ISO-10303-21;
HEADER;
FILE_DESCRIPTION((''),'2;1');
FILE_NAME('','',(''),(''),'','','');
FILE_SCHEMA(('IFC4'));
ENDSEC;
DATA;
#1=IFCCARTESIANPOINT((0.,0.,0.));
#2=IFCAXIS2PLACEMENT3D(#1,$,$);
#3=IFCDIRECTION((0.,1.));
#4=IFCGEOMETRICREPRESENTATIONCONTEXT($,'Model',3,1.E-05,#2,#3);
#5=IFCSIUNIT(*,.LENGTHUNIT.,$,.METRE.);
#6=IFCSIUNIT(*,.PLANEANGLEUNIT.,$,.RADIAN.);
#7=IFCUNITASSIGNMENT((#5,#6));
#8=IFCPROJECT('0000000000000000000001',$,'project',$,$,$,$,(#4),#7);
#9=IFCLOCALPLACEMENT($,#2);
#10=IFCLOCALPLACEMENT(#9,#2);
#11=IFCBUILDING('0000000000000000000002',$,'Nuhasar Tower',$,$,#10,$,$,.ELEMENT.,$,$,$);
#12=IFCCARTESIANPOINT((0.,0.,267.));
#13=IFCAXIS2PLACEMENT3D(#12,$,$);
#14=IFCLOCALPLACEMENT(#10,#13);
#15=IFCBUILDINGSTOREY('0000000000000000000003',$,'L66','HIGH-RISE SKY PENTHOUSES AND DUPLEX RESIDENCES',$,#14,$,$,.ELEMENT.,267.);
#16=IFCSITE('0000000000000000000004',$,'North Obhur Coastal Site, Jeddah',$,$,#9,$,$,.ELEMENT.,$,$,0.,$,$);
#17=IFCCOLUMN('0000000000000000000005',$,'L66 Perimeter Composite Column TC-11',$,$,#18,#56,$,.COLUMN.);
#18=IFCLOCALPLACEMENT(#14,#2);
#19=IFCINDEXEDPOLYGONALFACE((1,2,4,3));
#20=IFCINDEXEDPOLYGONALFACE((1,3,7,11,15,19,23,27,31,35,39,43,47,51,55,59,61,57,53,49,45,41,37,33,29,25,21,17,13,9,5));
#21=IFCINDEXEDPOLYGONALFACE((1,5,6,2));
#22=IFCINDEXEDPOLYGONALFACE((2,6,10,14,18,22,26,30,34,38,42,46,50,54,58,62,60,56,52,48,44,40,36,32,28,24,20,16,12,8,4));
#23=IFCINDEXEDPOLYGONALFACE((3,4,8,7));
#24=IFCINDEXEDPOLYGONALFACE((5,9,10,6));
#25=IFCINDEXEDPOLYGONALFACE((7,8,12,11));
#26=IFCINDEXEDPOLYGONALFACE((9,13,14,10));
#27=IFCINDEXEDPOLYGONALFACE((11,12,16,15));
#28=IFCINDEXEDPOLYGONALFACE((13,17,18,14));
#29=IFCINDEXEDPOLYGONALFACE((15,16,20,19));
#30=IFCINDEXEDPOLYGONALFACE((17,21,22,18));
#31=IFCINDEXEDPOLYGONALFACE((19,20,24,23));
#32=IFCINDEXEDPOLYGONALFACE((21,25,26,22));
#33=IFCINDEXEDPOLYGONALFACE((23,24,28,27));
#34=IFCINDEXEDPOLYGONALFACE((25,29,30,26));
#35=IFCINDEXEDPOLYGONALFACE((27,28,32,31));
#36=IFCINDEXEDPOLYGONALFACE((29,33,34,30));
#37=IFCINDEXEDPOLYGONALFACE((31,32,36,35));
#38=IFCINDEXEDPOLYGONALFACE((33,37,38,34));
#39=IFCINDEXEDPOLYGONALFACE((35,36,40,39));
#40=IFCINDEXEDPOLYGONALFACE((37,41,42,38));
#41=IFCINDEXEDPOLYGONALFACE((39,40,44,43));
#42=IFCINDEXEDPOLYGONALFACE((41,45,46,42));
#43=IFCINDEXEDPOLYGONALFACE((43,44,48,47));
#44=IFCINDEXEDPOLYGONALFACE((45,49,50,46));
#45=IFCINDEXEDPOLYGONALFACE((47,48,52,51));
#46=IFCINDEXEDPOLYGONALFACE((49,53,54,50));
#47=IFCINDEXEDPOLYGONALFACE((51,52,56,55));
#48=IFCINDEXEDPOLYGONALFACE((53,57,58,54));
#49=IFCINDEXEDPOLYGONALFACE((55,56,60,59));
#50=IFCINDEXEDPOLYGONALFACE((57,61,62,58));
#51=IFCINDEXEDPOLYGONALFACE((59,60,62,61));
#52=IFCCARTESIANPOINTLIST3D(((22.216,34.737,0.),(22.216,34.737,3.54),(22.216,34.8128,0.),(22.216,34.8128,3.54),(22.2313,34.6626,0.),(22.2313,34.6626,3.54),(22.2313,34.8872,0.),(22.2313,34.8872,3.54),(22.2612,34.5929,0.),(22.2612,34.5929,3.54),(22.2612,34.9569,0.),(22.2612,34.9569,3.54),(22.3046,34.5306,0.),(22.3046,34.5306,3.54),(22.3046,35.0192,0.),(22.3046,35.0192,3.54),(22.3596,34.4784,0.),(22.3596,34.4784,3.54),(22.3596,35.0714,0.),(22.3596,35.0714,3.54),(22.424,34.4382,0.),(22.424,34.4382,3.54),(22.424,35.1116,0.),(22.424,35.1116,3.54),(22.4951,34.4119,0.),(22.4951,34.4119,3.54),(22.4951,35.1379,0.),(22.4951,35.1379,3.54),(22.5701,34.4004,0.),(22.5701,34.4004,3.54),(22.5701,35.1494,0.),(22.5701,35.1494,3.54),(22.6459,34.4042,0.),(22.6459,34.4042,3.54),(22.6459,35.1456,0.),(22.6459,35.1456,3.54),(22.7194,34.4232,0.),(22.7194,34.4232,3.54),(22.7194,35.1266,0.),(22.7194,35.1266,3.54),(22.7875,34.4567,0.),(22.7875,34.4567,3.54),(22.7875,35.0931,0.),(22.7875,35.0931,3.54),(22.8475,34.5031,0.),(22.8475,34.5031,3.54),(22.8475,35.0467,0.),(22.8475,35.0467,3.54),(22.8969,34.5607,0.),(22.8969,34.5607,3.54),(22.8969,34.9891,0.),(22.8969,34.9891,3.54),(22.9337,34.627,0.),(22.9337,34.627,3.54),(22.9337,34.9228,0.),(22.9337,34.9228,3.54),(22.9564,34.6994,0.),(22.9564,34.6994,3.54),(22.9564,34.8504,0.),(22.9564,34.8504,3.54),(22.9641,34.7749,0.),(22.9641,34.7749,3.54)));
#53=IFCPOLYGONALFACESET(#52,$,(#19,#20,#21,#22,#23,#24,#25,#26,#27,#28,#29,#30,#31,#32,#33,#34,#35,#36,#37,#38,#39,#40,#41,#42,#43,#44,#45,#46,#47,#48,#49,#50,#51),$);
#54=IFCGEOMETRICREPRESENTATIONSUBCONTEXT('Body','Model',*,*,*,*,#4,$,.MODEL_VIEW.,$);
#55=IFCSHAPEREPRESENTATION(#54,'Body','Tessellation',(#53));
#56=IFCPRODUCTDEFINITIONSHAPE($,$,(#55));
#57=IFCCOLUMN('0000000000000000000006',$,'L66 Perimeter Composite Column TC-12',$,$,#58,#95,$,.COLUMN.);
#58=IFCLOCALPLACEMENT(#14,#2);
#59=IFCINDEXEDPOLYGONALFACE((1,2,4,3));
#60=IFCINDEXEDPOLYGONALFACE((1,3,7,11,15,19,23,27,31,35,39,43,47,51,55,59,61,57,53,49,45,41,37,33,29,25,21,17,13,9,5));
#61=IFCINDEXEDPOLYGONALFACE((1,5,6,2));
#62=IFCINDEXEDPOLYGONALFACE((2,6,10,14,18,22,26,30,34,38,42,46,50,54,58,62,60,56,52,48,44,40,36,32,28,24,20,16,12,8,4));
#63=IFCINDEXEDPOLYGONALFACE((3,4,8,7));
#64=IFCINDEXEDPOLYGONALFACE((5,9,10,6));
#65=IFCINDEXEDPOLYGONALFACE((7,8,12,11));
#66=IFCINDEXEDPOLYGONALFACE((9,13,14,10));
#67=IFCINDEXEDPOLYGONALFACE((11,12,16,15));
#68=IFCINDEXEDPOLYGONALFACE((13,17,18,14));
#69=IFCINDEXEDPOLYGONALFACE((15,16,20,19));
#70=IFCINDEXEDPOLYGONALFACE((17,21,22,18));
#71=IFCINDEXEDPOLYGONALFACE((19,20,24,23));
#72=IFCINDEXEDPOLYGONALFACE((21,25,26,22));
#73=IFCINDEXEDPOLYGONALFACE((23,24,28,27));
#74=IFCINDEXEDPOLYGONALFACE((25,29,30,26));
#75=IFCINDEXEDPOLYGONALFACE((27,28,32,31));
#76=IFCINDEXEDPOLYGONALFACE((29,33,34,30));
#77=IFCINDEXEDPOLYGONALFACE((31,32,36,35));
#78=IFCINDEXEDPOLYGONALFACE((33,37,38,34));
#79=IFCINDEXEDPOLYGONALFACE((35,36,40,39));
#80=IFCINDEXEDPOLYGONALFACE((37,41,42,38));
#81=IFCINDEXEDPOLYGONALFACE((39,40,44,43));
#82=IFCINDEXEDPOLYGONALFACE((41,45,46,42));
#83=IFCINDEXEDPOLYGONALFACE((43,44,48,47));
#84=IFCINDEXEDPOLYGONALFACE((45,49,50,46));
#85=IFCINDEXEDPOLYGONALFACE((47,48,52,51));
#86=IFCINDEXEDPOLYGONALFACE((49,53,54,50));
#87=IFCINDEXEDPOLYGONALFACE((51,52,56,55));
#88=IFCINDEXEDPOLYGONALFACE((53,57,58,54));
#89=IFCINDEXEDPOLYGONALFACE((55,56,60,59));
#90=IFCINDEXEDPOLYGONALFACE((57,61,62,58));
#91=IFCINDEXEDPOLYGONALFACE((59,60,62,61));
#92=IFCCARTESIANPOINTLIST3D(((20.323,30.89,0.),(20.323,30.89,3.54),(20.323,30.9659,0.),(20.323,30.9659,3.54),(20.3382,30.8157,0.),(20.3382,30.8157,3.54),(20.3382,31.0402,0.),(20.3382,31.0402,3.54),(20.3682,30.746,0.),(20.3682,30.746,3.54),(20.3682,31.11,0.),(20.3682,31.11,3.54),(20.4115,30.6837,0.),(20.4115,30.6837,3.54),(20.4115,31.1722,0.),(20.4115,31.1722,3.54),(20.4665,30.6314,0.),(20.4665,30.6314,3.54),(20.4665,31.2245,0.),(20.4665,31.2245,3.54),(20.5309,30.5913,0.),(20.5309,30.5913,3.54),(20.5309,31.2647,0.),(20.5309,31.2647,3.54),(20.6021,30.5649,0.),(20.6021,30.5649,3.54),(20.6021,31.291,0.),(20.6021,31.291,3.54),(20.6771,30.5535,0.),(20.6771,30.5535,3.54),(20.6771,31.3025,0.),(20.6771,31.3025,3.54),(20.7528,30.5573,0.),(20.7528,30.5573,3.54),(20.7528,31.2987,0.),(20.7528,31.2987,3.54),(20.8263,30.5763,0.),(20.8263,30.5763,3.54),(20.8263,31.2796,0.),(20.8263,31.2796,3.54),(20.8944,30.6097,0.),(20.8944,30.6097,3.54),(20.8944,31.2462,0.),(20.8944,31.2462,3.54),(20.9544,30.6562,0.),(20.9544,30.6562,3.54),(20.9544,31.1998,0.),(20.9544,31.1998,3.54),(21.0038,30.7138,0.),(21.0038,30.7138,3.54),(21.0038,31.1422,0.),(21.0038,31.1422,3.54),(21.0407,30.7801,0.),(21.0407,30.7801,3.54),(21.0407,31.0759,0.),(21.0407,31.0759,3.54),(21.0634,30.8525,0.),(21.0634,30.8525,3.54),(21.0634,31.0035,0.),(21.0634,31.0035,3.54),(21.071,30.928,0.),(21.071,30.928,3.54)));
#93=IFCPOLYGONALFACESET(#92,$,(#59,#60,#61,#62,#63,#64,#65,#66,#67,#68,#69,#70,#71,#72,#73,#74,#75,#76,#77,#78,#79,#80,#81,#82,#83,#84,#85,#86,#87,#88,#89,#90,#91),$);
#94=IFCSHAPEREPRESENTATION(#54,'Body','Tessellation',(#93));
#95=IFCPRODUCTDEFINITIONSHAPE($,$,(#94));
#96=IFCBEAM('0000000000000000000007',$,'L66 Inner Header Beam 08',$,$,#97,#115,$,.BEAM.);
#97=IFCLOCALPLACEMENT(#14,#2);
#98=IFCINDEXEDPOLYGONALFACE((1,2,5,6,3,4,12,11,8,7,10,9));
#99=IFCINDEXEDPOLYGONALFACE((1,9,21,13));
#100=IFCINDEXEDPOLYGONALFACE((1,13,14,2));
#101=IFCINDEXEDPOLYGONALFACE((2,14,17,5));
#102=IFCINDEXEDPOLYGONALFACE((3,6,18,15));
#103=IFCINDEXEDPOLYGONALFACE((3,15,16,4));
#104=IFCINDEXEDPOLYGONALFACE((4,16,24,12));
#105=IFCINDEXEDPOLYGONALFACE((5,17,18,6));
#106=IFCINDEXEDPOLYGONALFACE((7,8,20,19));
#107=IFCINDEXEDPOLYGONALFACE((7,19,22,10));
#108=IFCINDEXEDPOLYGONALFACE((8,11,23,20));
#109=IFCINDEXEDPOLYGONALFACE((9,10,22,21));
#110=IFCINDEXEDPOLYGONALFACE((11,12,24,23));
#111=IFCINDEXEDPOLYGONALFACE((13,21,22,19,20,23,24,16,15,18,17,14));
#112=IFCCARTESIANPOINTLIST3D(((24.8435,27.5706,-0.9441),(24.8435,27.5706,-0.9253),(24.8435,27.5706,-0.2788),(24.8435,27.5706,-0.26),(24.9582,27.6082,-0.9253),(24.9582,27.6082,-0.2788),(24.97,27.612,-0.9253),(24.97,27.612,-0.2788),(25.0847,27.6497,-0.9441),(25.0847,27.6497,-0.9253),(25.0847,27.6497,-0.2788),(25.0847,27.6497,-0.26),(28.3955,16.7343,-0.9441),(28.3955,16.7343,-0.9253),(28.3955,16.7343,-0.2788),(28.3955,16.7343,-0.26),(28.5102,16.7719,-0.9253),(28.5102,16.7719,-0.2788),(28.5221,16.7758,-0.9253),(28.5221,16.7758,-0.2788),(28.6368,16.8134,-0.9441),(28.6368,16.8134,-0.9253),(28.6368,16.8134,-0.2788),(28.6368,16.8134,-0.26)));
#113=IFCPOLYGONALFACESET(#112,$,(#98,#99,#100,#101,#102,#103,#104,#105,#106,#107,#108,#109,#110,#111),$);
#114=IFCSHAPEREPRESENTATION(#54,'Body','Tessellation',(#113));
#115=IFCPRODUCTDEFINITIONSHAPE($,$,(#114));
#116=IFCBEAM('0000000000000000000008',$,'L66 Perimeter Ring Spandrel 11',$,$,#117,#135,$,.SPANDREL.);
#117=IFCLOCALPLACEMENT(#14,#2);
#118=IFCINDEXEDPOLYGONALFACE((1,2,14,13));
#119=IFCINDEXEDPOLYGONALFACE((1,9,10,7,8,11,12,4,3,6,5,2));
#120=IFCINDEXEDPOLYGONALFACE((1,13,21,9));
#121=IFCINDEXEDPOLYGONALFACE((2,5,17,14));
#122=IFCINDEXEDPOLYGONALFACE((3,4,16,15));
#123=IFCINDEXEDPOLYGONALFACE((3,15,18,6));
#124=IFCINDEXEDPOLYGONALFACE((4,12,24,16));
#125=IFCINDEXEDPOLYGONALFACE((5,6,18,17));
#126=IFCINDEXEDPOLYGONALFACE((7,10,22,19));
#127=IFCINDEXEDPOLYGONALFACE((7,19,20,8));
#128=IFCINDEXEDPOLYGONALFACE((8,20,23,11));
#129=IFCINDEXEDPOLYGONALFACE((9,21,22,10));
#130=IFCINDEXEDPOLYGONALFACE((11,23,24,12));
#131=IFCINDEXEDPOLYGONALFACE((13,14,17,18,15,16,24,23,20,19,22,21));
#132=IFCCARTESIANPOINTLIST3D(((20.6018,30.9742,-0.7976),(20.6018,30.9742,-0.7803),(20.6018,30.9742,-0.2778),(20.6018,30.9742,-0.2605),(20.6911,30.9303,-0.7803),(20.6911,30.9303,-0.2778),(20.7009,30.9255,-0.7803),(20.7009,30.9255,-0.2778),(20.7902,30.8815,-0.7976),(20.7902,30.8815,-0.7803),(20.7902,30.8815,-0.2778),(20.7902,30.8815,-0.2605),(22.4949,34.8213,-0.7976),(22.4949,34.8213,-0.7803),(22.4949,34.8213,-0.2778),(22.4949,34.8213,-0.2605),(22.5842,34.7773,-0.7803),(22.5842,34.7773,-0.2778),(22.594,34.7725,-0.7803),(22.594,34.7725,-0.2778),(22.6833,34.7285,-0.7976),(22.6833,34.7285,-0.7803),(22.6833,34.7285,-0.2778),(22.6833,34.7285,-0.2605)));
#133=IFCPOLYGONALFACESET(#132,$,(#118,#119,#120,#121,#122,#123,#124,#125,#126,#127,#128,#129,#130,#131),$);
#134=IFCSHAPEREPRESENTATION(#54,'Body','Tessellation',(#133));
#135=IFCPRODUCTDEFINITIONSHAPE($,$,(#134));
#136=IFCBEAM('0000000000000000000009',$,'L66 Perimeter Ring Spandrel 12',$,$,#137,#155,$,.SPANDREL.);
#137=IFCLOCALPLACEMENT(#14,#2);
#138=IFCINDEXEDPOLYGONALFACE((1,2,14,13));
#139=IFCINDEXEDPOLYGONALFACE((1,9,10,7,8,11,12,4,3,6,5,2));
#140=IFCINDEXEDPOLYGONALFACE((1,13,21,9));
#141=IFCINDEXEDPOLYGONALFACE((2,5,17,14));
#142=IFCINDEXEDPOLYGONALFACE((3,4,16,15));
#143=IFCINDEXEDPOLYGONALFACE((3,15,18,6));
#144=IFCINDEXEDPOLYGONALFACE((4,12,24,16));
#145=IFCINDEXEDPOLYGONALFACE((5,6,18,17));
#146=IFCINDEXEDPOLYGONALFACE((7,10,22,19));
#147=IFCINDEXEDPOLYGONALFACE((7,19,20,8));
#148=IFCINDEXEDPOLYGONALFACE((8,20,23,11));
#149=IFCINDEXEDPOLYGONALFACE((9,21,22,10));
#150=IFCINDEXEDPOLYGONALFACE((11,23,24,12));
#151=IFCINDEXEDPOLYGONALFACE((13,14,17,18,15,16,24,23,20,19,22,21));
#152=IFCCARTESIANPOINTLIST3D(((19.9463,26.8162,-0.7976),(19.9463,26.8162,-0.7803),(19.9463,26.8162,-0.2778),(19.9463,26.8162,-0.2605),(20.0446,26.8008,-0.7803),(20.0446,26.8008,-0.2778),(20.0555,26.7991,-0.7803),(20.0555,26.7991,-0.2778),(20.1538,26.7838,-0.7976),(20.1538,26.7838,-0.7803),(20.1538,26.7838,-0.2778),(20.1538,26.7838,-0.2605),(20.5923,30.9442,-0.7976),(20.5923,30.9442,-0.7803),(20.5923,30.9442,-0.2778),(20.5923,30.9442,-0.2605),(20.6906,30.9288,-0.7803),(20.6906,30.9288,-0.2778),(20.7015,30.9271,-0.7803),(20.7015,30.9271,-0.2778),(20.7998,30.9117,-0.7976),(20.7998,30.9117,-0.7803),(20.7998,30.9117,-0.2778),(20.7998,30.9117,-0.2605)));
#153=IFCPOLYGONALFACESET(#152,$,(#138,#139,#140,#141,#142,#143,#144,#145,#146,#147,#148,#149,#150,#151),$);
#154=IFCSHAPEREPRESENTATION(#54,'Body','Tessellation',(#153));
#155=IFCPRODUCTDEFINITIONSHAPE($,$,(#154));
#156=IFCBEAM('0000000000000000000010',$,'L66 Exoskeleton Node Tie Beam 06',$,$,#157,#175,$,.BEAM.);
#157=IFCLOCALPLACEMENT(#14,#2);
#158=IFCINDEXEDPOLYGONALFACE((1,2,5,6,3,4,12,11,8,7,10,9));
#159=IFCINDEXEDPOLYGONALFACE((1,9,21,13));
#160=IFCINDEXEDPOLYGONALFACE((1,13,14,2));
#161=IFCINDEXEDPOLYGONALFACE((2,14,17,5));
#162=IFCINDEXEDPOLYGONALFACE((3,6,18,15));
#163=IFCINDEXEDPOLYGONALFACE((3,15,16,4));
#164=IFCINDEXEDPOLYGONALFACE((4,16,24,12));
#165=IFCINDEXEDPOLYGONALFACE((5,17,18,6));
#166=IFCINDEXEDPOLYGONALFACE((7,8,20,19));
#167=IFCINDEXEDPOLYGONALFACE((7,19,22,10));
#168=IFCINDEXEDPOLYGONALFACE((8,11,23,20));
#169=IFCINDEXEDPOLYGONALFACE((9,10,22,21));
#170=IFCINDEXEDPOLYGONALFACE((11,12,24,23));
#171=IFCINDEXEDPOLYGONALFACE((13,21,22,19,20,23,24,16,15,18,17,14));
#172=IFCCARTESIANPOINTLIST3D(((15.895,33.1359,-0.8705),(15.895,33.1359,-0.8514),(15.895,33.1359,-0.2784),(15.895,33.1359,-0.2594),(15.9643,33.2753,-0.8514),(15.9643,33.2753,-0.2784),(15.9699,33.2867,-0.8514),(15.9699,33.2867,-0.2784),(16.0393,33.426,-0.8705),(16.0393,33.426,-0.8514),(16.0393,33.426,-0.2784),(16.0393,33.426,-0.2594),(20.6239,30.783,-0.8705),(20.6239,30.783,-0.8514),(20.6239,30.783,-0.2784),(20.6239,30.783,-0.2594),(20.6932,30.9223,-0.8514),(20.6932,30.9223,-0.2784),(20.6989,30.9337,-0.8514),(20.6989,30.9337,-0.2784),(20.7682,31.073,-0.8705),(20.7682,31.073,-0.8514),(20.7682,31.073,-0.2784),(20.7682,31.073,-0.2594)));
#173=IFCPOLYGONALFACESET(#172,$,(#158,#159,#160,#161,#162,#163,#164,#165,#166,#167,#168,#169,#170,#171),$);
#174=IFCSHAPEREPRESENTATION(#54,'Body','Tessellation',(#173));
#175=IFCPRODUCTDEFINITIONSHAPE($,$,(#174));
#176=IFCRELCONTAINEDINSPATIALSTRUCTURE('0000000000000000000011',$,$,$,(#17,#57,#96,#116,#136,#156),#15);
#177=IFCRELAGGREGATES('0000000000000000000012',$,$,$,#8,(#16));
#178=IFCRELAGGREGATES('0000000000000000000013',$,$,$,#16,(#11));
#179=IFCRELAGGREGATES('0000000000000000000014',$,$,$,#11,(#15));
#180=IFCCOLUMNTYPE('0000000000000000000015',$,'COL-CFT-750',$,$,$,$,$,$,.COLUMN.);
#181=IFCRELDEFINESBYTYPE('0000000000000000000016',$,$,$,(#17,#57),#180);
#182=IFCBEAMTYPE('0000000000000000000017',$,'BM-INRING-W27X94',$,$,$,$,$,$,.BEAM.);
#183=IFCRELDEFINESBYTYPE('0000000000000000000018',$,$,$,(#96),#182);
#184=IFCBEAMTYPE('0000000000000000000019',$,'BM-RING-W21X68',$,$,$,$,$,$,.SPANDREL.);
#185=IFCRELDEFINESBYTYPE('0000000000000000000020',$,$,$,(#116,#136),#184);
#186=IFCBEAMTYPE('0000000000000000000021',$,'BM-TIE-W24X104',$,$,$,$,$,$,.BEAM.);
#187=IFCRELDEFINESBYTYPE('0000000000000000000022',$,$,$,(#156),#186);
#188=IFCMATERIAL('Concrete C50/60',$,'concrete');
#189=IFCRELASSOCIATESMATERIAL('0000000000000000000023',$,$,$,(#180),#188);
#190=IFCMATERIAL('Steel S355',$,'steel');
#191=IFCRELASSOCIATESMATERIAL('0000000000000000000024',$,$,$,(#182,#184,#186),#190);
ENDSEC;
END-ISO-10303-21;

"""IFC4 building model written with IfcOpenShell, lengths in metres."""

from ifc_helpers import new_model, si_unit, direction, frame, origin, origin_2d, place, context, subcontext, project, spatial, circle, i_section, extrude, material, material_profile, profile_set, type_object, element, save


model = new_model("IFC4")

# Units and contexts
model_context = context("Model", 3, precision=1e-05, world=origin(), true_north=direction((0.0, 1.0)))
body_context = subcontext(model_context, "Body", "Model", "MODEL_VIEW")
ifc_project = project(units=[si_unit("LENGTHUNIT", "METRE"), si_unit("PLANEANGLEUNIT", "RADIAN")], contexts=[model_context])

# Site, building, storey
site_placement = place(None, origin())
site = spatial("IfcSite", under=ifc_project, at=site_placement, Name="North Obhur Coastal Site, Jeddah", CompositionType="ELEMENT", RefElevation=0.0)
building_placement = place(site_placement, origin())
building = spatial("IfcBuilding", under=site, at=building_placement, Name="Nuhasar Tower", CompositionType="ELEMENT")
storey_placement = place(building_placement, frame((0.0, 0.0, 267.0)))
storey = spatial("IfcBuildingStorey", under=building, at=storey_placement, Name="L66", Description="HIGH-RISE SKY PENTHOUSES AND DUPLEX RESIDENCES", CompositionType="ELEMENT", Elevation=267.0)

# Columns
ifc_material_1 = material(Name="Concrete C50/60", Category="concrete")
ifc_material_profile_1 = material_profile(ifc_material_1, circle(Radius=0.375, at=origin_2d()), Name="CFT750")
ifc_profile_set_1 = profile_set([ifc_material_profile_1], Name="Concrete C50/60")
column_type = type_object("IfcColumnType", Name="COL-CFT-750", PredefinedType="COLUMN", material=ifc_profile_set_1)
for number, where, z_axis, x_axis, name in (
    (1, (22.5891, 34.7749, 0.0), (0.0, 0.0, 1.0), (1.0, 0.0, 0.0), "L66 Perimeter Composite Column TC-11"),
    (2, (20.696, 30.928, 0.0), (0.0, 0.0, 1.0), (1.0, 0.0, 0.0), "L66 Perimeter Composite Column TC-12"),
):
    element("IfcColumn", number, at=place(storey_placement, frame(where, z_axis=z_axis, x_axis=x_axis)), inside=storey, type_object=column_type, Name=name, PredefinedType="COLUMN", context=body_context, shape_type="SweptSolid", body=[
        extrude(circle(Radius=0.375, at=origin_2d()), origin(), (0.0, 0.0, 1.0), 3.54),
    ])

# Beams
ifc_material_2 = material(Name="Steel S355", Category="steel")
ifc_material_profile_2 = material_profile(ifc_material_2, i_section(OverallWidth=0.2539, OverallDepth=0.6841, WebThickness=0.0125, FlangeThickness=0.0188, at=origin_2d()), Name="W27X94")
ifc_profile_set_2 = profile_set([ifc_material_profile_2], Name="Steel S355")
beam_type_1 = type_object("IfcBeamType", Name="BM-INRING-W27X94", PredefinedType="BEAM", material=ifc_profile_set_2)
beam_1_placement = place(storey_placement, frame((24.9641, 27.6101, -0.6021), z_axis=(0.311484, -0.950251, 0.0), x_axis=(0.950251, 0.311484, 0.0)))
element("IfcBeam", 3, at=beam_1_placement, inside=storey, type_object=beam_type_1, Name="L66 Inner Header Beam 08", PredefinedType="BEAM", context=body_context, shape_type="SweptSolid", body=[
    extrude(i_section(OverallWidth=0.2539, OverallDepth=0.6841, WebThickness=0.0125, FlangeThickness=0.0188, at=origin_2d()), origin(), (0.0, 0.0, 1.0), 11.4036),
])
ifc_material_profile_3 = material_profile(ifc_material_2, i_section(OverallWidth=0.21, OverallDepth=0.5371, WebThickness=0.011, FlangeThickness=0.0173, at=origin_2d()), Name="W21X68")
ifc_profile_set_3 = profile_set([ifc_material_profile_3], Name="Steel S355")
beam_type_2 = type_object("IfcBeamType", Name="BM-RING-W21X68", PredefinedType="SPANDREL", material=ifc_profile_set_3)
beam_2_placement = place(storey_placement, frame((22.5891, 34.7749, -0.5291), z_axis=(-0.441533, -0.897245, 0.0), x_axis=(0.897245, -0.441533, 0.0)))
element("IfcBeam", 4, at=beam_2_placement, inside=storey, type_object=beam_type_2, Name="L66 Perimeter Ring Spandrel 11", PredefinedType="SPANDREL", context=body_context, shape_type="SweptSolid", body=[
    extrude(i_section(OverallWidth=0.21, OverallDepth=0.5371, WebThickness=0.011, FlangeThickness=0.0173, at=origin_2d()), origin(), (0.0, 0.0, 1.0), 4.2876),
])
beam_3_placement = place(storey_placement, frame((20.696, 30.928, -0.5291), z_axis=(-0.154612, -0.987975, 0.0), x_axis=(0.987975, -0.154612, 0.0)))
element("IfcBeam", 5, at=beam_3_placement, inside=storey, type_object=beam_type_2, Name="L66 Perimeter Ring Spandrel 12", PredefinedType="SPANDREL", context=body_context, shape_type="SweptSolid", body=[
    extrude(i_section(OverallWidth=0.21, OverallDepth=0.5371, WebThickness=0.011, FlangeThickness=0.0173, at=origin_2d()), origin(), (0.0, 0.0, 1.0), 4.1782),
])
ifc_material_profile_4 = material_profile(ifc_material_2, i_section(OverallWidth=0.324, OverallDepth=0.6111, WebThickness=0.0127, FlangeThickness=0.019, at=origin_2d()), Name="W24X104")
ifc_profile_set_4 = profile_set([ifc_material_profile_4], Name="Steel S355")
beam_type_3 = type_object("IfcBeamType", Name="BM-TIE-W24X104", PredefinedType="BEAM", material=ifc_profile_set_4)
beam_4_placement = place(storey_placement, frame((20.696, 30.928, -0.5649), z_axis=(-0.895294, 0.445475, 0.0), x_axis=(-0.445475, -0.895294, 0.0)))
element("IfcBeam", 6, at=beam_4_placement, inside=storey, type_object=beam_type_3, Name="L66 Exoskeleton Node Tie Beam 06", PredefinedType="BEAM", context=body_context, shape_type="SweptSolid", body=[
    extrude(i_section(OverallWidth=0.324, OverallDepth=0.6111, WebThickness=0.0127, FlangeThickness=0.019, at=origin_2d()), origin(), (0.0, 0.0, 1.0), 5.282),
])

save(model, "model.ifc")
